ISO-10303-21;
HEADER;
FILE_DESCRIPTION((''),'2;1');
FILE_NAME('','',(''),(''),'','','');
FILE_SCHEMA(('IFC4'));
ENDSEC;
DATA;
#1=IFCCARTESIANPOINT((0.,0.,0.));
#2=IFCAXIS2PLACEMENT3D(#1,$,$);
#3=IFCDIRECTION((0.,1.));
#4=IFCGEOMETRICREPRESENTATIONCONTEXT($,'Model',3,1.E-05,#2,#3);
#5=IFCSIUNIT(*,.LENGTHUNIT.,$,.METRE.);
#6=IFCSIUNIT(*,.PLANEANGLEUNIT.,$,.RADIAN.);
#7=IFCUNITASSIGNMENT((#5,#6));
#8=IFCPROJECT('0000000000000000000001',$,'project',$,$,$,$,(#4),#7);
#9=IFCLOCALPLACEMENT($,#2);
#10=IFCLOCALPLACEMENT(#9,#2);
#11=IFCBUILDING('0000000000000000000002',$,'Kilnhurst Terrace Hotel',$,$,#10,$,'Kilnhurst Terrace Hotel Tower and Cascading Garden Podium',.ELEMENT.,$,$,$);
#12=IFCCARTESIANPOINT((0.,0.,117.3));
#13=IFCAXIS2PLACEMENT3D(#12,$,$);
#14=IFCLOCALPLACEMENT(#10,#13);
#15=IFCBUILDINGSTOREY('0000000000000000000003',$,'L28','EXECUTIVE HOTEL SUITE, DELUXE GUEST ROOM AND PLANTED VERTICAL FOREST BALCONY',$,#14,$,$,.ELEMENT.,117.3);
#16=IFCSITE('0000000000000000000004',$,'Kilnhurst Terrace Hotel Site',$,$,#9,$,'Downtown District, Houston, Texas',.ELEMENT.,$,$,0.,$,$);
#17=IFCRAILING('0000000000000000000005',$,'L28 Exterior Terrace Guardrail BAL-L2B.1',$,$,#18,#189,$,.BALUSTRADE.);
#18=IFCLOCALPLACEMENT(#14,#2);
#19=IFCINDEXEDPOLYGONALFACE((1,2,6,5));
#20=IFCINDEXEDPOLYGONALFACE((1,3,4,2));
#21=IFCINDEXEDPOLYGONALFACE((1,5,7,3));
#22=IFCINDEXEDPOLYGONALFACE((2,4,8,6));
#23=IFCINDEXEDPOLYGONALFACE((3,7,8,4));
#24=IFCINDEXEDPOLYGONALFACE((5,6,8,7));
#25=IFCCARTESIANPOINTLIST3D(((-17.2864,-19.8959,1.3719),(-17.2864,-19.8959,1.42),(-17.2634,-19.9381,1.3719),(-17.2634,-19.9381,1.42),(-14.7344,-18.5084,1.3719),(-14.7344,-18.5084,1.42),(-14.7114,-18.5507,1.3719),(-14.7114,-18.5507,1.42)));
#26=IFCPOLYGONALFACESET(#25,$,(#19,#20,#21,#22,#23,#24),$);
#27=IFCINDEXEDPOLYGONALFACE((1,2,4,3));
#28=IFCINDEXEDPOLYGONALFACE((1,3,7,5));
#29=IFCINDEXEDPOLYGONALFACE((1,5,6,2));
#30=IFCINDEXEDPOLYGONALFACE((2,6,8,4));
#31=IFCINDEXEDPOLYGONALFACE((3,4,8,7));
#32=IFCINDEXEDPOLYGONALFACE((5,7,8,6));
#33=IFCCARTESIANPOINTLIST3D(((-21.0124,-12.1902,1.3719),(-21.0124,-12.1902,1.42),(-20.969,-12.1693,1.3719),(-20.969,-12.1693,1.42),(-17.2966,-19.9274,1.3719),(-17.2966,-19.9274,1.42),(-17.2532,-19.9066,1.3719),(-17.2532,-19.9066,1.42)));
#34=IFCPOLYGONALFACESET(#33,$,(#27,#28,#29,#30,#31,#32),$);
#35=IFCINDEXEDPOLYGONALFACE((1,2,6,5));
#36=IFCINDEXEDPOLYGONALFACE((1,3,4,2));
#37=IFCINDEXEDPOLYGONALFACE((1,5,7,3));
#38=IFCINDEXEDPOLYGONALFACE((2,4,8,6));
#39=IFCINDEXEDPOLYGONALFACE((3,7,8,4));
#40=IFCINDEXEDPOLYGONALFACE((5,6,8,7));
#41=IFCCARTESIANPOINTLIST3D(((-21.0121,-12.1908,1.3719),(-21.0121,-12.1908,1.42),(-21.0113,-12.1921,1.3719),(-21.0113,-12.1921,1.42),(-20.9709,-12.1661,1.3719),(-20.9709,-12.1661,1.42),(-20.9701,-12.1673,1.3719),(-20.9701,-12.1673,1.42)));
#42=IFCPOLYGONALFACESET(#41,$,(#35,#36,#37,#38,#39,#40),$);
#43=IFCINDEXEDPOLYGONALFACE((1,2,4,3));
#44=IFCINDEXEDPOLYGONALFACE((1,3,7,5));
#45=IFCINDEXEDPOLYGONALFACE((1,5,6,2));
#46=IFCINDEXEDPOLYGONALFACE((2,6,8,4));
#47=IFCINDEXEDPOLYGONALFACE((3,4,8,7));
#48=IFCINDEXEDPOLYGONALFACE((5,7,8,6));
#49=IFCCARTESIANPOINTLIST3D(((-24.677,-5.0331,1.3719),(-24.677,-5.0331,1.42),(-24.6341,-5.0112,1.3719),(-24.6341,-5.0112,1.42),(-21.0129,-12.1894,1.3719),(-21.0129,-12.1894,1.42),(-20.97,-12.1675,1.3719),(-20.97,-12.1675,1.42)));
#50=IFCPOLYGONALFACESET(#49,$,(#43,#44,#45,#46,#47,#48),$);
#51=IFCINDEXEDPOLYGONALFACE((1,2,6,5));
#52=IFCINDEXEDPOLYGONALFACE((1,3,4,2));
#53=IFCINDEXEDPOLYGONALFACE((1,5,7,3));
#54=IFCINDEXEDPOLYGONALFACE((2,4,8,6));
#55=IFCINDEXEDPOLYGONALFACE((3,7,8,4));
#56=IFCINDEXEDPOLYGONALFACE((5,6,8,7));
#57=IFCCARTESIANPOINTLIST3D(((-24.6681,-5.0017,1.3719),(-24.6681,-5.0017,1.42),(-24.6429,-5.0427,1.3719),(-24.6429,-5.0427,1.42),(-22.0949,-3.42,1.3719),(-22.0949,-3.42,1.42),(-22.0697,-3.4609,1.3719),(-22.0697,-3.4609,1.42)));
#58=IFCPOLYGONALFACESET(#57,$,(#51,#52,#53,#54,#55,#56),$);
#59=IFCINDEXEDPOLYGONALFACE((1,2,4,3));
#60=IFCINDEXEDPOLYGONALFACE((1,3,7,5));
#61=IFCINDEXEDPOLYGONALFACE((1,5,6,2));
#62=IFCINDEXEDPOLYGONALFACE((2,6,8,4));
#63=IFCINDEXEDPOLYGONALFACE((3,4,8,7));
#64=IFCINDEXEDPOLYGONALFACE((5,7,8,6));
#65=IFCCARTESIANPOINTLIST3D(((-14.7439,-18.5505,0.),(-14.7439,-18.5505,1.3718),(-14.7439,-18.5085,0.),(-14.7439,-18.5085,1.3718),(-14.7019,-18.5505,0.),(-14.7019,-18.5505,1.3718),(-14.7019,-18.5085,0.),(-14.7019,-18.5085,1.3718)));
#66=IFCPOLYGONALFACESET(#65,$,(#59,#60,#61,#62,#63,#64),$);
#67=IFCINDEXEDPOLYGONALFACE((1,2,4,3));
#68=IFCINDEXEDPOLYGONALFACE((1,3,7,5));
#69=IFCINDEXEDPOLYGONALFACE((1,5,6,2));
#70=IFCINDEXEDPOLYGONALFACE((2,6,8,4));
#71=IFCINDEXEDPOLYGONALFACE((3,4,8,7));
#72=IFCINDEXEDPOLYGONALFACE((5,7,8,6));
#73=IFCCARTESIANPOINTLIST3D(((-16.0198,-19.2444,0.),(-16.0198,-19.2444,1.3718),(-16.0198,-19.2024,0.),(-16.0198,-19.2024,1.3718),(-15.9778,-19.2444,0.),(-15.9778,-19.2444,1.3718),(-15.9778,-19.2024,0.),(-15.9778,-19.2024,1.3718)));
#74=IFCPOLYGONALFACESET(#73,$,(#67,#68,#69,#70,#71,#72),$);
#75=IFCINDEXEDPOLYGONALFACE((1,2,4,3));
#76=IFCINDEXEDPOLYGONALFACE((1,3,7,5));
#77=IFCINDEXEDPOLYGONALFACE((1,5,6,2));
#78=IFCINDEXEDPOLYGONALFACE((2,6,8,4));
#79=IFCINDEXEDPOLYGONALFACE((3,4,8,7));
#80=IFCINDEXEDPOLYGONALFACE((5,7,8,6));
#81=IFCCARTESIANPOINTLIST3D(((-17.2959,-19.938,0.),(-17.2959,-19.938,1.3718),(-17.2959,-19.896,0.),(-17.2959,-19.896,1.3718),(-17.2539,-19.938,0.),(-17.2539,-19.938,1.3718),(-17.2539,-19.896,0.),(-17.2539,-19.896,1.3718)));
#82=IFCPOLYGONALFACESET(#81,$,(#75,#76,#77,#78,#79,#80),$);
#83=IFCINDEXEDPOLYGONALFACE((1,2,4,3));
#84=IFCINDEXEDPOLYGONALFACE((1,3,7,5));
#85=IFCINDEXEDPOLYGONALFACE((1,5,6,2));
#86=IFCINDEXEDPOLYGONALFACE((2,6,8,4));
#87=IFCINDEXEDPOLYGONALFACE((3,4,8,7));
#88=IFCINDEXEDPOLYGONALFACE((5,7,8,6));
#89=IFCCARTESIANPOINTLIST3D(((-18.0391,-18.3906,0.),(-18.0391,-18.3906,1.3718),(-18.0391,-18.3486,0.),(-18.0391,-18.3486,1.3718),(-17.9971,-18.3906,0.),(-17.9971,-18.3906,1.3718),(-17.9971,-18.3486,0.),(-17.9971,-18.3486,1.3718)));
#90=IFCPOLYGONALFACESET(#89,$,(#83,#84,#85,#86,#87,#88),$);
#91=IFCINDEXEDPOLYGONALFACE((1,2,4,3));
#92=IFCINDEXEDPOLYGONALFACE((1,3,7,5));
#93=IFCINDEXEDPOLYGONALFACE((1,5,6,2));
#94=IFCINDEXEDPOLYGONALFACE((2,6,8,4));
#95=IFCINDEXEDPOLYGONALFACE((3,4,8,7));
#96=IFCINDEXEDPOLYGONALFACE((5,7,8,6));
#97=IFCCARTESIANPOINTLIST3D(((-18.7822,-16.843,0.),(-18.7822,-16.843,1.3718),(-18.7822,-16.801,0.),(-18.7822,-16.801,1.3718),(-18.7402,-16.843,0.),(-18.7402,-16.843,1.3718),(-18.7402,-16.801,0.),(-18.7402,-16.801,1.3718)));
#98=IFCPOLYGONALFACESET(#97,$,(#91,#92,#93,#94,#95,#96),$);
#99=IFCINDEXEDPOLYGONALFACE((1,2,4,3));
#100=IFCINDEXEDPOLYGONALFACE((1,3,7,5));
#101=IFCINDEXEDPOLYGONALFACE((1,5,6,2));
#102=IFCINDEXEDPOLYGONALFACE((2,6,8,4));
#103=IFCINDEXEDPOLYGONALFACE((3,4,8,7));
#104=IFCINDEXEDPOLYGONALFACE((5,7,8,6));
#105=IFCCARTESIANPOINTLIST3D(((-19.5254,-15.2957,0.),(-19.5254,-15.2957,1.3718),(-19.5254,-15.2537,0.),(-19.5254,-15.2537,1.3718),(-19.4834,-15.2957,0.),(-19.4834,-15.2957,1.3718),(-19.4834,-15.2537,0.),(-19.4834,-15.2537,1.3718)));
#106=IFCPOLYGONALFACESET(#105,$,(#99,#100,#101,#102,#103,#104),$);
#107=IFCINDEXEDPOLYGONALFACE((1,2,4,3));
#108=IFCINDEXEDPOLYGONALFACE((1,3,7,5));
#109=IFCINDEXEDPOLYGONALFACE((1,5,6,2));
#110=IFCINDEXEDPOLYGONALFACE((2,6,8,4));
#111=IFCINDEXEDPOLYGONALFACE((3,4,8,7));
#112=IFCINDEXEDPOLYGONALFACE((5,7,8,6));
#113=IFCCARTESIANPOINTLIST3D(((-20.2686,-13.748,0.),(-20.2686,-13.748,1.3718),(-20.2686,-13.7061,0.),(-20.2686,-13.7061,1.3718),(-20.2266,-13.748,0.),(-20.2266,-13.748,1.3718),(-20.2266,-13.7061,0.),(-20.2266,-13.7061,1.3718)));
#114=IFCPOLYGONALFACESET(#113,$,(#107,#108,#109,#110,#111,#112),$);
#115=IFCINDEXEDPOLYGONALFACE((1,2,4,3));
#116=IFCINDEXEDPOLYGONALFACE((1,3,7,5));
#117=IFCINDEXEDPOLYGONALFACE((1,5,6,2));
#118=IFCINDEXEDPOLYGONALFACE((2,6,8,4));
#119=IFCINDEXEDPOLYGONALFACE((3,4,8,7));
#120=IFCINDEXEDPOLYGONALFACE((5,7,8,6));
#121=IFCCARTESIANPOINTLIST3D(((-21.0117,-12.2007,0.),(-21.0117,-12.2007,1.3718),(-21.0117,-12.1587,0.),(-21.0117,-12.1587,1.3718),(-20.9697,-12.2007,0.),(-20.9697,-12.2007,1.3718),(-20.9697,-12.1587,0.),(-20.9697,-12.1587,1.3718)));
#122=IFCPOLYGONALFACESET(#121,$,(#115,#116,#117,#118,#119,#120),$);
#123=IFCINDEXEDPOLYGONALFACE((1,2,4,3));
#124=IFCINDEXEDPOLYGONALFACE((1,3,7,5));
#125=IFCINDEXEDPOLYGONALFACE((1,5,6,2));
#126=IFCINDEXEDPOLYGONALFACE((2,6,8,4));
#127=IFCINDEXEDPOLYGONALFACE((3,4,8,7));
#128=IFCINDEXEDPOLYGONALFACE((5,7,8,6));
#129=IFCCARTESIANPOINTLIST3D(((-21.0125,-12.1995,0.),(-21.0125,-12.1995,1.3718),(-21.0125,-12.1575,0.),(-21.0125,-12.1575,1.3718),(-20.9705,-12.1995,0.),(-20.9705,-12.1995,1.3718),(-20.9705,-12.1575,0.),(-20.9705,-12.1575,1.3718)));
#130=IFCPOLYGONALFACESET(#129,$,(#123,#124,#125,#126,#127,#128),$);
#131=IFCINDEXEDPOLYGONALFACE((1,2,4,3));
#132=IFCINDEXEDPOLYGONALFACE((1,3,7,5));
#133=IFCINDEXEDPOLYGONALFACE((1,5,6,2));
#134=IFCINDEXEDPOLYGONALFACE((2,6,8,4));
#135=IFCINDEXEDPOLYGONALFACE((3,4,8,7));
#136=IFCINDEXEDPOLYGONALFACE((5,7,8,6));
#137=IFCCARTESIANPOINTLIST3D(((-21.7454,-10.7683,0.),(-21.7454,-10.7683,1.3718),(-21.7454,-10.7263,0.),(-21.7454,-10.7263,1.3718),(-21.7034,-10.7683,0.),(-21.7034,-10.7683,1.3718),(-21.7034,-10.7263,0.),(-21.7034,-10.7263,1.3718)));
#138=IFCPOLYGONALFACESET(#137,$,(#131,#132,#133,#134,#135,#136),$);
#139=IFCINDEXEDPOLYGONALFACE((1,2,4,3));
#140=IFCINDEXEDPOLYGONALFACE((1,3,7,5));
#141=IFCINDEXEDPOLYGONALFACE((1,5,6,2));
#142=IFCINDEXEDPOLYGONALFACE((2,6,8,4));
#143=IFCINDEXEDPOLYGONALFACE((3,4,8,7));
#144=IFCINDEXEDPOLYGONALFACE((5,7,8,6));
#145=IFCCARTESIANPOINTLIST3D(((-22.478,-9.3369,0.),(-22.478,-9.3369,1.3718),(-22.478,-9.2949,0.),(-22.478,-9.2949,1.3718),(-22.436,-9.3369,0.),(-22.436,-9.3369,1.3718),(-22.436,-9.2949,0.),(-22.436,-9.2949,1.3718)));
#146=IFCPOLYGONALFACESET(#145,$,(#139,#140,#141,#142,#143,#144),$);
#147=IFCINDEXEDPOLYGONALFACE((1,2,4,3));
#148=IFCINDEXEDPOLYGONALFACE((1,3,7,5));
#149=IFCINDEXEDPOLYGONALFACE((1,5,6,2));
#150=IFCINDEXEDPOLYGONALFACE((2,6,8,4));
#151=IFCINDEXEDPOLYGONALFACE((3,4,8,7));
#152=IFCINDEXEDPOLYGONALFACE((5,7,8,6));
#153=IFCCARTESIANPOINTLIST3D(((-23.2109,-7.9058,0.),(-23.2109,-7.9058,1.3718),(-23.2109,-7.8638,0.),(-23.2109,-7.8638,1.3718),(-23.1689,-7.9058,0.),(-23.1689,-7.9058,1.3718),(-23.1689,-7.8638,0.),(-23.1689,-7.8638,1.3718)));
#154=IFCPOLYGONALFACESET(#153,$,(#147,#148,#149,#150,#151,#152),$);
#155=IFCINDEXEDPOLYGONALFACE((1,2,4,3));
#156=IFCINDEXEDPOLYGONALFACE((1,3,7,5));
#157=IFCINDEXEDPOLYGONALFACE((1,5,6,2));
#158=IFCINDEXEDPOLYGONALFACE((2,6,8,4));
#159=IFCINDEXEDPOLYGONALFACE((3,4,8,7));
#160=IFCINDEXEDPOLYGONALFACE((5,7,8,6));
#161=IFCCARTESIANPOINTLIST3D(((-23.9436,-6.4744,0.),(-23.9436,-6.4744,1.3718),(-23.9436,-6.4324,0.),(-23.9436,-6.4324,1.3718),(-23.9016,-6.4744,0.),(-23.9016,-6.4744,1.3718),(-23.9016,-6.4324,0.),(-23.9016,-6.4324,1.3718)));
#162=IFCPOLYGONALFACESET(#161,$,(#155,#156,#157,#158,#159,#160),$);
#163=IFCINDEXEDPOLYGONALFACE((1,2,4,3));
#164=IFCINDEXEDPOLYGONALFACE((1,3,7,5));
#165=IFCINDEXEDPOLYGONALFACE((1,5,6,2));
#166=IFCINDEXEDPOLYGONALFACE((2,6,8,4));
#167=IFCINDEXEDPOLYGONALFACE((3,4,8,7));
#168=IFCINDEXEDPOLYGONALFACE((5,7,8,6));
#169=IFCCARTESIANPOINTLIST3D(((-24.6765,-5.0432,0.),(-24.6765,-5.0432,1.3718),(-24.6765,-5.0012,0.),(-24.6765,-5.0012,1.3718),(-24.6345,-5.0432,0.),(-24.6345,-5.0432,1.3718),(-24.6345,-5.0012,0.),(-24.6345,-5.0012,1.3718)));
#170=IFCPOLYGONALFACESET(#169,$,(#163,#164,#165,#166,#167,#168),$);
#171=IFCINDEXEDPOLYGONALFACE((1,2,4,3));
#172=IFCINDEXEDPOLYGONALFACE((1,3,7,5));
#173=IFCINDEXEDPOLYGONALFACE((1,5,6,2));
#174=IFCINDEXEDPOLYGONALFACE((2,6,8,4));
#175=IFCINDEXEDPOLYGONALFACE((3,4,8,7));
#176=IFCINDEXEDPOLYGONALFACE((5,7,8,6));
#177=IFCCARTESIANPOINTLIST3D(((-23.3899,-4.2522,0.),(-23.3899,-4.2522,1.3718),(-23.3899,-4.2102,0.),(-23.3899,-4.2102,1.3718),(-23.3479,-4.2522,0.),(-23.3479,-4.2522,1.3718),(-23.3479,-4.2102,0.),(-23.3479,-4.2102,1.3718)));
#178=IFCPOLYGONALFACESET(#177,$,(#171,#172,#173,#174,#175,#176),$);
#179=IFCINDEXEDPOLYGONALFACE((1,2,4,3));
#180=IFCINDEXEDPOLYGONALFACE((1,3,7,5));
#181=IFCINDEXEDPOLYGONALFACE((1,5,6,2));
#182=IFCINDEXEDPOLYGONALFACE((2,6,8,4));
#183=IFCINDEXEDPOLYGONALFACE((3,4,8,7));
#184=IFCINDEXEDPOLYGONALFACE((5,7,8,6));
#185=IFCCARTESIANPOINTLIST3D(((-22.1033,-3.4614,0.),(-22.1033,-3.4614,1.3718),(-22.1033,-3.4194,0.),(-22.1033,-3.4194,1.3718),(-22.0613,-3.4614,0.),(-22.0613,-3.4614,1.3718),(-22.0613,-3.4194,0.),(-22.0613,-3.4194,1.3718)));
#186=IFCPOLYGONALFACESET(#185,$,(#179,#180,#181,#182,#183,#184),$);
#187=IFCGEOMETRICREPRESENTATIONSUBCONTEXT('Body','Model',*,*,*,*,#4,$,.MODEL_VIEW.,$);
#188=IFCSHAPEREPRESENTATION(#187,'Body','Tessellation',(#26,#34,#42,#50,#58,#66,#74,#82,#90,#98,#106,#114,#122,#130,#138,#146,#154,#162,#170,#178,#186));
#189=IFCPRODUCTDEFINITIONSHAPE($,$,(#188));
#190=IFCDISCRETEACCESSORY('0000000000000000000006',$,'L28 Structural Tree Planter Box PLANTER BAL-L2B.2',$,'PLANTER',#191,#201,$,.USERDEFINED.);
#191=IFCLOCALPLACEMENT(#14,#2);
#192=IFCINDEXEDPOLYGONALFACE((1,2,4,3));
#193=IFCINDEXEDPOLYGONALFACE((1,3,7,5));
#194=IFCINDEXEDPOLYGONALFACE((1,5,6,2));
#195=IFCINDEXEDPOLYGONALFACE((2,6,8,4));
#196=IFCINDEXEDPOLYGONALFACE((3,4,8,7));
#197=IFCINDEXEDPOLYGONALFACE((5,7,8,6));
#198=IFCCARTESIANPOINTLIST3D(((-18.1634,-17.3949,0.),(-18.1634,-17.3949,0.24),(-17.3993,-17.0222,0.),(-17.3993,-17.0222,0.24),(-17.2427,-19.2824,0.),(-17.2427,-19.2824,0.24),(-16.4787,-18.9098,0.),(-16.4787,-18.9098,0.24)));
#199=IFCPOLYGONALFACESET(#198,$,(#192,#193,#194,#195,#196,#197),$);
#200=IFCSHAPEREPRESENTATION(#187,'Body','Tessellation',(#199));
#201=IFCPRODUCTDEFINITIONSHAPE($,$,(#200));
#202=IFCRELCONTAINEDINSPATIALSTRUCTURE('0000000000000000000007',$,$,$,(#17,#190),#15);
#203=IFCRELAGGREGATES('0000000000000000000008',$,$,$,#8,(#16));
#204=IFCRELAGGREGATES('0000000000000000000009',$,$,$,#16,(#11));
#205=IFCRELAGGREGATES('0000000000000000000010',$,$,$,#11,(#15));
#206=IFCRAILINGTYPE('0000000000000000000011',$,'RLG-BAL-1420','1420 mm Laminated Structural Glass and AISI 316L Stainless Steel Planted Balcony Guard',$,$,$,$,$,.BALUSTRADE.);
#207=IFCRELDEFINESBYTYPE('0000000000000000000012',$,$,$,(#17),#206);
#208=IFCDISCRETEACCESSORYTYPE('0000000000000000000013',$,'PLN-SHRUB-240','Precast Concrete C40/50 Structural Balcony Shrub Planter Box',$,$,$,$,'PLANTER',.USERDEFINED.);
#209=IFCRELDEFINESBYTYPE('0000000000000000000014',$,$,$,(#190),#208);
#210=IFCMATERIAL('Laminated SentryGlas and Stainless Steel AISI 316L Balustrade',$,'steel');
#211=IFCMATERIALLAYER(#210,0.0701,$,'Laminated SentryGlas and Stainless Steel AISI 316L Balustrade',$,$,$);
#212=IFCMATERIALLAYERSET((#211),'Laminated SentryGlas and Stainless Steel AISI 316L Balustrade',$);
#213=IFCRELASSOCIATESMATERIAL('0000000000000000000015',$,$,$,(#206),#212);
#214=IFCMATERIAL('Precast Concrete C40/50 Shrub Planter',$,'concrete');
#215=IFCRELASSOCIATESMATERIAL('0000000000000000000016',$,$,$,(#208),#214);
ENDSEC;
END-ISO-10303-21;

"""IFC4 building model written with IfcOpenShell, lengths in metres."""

from ifc_helpers import new_model, si_unit, direction, frame, origin, origin_2d, place, context, subcontext, project, spatial, rectangle, extrude, material, layer, layer_set, type_object, element, save


model = new_model("IFC4")

# Units and contexts
model_context = context("Model", 3, precision=1e-05, world=origin(), true_north=direction((0.0, 1.0)))
body_context = subcontext(model_context, "Body", "Model", "MODEL_VIEW")
ifc_project = project(units=[si_unit("LENGTHUNIT", "METRE"), si_unit("PLANEANGLEUNIT", "RADIAN")], contexts=[model_context])

# Site, building, storey
site_placement = place(None, origin())
site = spatial("IfcSite", under=ifc_project, at=site_placement, Name="Kilnhurst Terrace Hotel Site", LongName="Downtown District, Houston, Texas", CompositionType="ELEMENT", RefElevation=0.0)
building_placement = place(site_placement, origin())
building = spatial("IfcBuilding", under=site, at=building_placement, Name="Kilnhurst Terrace Hotel", LongName="Kilnhurst Terrace Hotel Tower and Cascading Garden Podium", CompositionType="ELEMENT")
storey_placement = place(building_placement, frame((0.0, 0.0, 117.3)))
storey = spatial("IfcBuildingStorey", under=building, at=storey_placement, Name="L28", Description="EXECUTIVE HOTEL SUITE, DELUXE GUEST ROOM AND PLANTED VERTICAL FOREST BALCONY", CompositionType="ELEMENT", Elevation=117.3)

# Railing
ifc_material_1 = material(Name="Laminated SentryGlas and Stainless Steel AISI 316L Balustrade", Category="steel")
ifc_layer_1 = layer(ifc_material_1, 0.0701, Name="Laminated SentryGlas and Stainless Steel AISI 316L Balustrade")
ifc_layer_set_1 = layer_set([ifc_layer_1], Name="Laminated SentryGlas and Stainless Steel AISI 316L Balustrade")
railing_type = type_object("IfcRailingType", Name="RLG-BAL-1420", Description="1420 mm Laminated Structural Glass and AISI 316L Stainless Steel Planted Balcony Guard", PredefinedType="BALUSTRADE", material=ifc_layer_set_1)
railing_placement = place(storey_placement, frame((-14.7229, -18.5295, 0.0)))
element("IfcRailing", 1, at=railing_placement, inside=storey, type_object=railing_type, Name="L28 Exterior Terrace Guardrail BAL-L2B.1", PredefinedType="BALUSTRADE", context=body_context, shape_type="SweptSolid", body=[
    extrude(rectangle(XDim=0.0481, YDim=0.0481, at=origin_2d()), frame((0.0, 0.0, 1.396), z_axis=(-0.878553, -0.477644, 0.0), x_axis=(0.477644, -0.878553, 0.0)), (0.0, 0.0, 1.0), 2.9048),
    extrude(rectangle(XDim=0.0481, YDim=0.0481, at=origin_2d()), frame((-2.552, -1.3875, 1.396), z_axis=(-0.432912, 0.901436, 0.0), x_axis=(-0.901436, -0.432912, 0.0)), (0.0, 0.0, 1.0), 8.5833),
    extrude(rectangle(XDim=0.0481, YDim=0.0481, at=origin_2d()), frame((-6.2678, 6.3499, 1.396), z_axis=(-0.514496, 0.857493, 0.0), x_axis=(-0.857493, -0.514496, 0.0)), (0.0, 0.0, 1.0), 0.0015),
    extrude(rectangle(XDim=0.0481, YDim=0.0481, at=origin_2d()), frame((-6.2686, 6.3511, 1.396), z_axis=(-0.455744, 0.890111, 0.0), x_axis=(-0.890111, -0.455744, 0.0)), (0.0, 0.0, 1.0), 8.0398),
    extrude(rectangle(XDim=0.0481, YDim=0.0481, at=origin_2d()), frame((-9.9326, 13.5073, 1.396), z_axis=(0.851916, 0.523678, 0.0), x_axis=(-0.523678, 0.851916, 0.0)), (0.0, 0.0, 1.0), 3.0205),
    extrude(rectangle(XDim=0.042, YDim=0.042, at=origin_2d()), origin(), (0.0, 0.0, 1.0), 1.3718),
    extrude(rectangle(XDim=0.042, YDim=0.042, at=origin_2d()), frame((-1.2759, -0.6938, 0.0)), (0.0, 0.0, 1.0), 1.3718),
    extrude(rectangle(XDim=0.042, YDim=0.042, at=origin_2d()), frame((-2.552, -1.3875, 0.0)), (0.0, 0.0, 1.0), 1.3718),
    extrude(rectangle(XDim=0.042, YDim=0.042, at=origin_2d()), frame((-3.2952, 0.1599, 0.0)), (0.0, 0.0, 1.0), 1.3718),
    extrude(rectangle(XDim=0.042, YDim=0.042, at=origin_2d()), frame((-4.0383, 1.7075, 0.0)), (0.0, 0.0, 1.0), 1.3718),
    extrude(rectangle(XDim=0.042, YDim=0.042, at=origin_2d()), frame((-4.7815, 3.2549, 0.0)), (0.0, 0.0, 1.0), 1.3718),
    extrude(rectangle(XDim=0.042, YDim=0.042, at=origin_2d()), frame((-5.5247, 4.8025, 0.0)), (0.0, 0.0, 1.0), 1.3718),
    extrude(rectangle(XDim=0.042, YDim=0.042, at=origin_2d()), frame((-6.2678, 6.3499, 0.0)), (0.0, 0.0, 1.0), 1.3718),
    extrude(rectangle(XDim=0.042, YDim=0.042, at=origin_2d()), frame((-6.2686, 6.3511, 0.0)), (0.0, 0.0, 1.0), 1.3718),
    extrude(rectangle(XDim=0.042, YDim=0.042, at=origin_2d()), frame((-7.0015, 7.7822, 0.0)), (0.0, 0.0, 1.0), 1.3718),
    extrude(rectangle(XDim=0.042, YDim=0.042, at=origin_2d()), frame((-7.7341, 9.2136, 0.0)), (0.0, 0.0, 1.0), 1.3718),
    extrude(rectangle(XDim=0.042, YDim=0.042, at=origin_2d()), frame((-8.467, 10.6448, 0.0)), (0.0, 0.0, 1.0), 1.3718),
    extrude(rectangle(XDim=0.042, YDim=0.042, at=origin_2d()), frame((-9.1997, 12.0762, 0.0)), (0.0, 0.0, 1.0), 1.3718),
    extrude(rectangle(XDim=0.042, YDim=0.042, at=origin_2d()), frame((-9.9326, 13.5073, 0.0)), (0.0, 0.0, 1.0), 1.3718),
    extrude(rectangle(XDim=0.042, YDim=0.042, at=origin_2d()), frame((-8.646, 14.2983, 0.0)), (0.0, 0.0, 1.0), 1.3718),
    extrude(rectangle(XDim=0.042, YDim=0.042, at=origin_2d()), frame((-7.3594, 15.0891, 0.0)), (0.0, 0.0, 1.0), 1.3718),
])

# Discrete accessory
ifc_material_2 = material(Name="Precast Concrete C40/50 Shrub Planter", Category="concrete")
discrete_accessory_type = type_object("IfcDiscreteAccessoryType", Name="PLN-SHRUB-240", Description="Precast Concrete C40/50 Structural Balcony Shrub Planter Box", ElementType="PLANTER", PredefinedType="USERDEFINED", material=ifc_material_2)
discrete_accessory_placement = place(storey_placement, frame((-17.321, -18.1523, 0.0), z_axis=(0.0, 0.0, 1.0), x_axis=(0.438387, -0.898786, 0.0)))
element("IfcDiscreteAccessory", 2, at=discrete_accessory_placement, inside=storey, type_object=discrete_accessory_type, Name="L28 Structural Tree Planter Box PLANTER BAL-L2B.2", ObjectType="PLANTER", PredefinedType="USERDEFINED", context=body_context, shape_type="SweptSolid", body=[
    extrude(rectangle(XDim=2.1001, YDim=0.8501, at=origin_2d()), origin(), (0.0, 0.0, 1.0), 0.24),
])

save(model, "model.ifc")
